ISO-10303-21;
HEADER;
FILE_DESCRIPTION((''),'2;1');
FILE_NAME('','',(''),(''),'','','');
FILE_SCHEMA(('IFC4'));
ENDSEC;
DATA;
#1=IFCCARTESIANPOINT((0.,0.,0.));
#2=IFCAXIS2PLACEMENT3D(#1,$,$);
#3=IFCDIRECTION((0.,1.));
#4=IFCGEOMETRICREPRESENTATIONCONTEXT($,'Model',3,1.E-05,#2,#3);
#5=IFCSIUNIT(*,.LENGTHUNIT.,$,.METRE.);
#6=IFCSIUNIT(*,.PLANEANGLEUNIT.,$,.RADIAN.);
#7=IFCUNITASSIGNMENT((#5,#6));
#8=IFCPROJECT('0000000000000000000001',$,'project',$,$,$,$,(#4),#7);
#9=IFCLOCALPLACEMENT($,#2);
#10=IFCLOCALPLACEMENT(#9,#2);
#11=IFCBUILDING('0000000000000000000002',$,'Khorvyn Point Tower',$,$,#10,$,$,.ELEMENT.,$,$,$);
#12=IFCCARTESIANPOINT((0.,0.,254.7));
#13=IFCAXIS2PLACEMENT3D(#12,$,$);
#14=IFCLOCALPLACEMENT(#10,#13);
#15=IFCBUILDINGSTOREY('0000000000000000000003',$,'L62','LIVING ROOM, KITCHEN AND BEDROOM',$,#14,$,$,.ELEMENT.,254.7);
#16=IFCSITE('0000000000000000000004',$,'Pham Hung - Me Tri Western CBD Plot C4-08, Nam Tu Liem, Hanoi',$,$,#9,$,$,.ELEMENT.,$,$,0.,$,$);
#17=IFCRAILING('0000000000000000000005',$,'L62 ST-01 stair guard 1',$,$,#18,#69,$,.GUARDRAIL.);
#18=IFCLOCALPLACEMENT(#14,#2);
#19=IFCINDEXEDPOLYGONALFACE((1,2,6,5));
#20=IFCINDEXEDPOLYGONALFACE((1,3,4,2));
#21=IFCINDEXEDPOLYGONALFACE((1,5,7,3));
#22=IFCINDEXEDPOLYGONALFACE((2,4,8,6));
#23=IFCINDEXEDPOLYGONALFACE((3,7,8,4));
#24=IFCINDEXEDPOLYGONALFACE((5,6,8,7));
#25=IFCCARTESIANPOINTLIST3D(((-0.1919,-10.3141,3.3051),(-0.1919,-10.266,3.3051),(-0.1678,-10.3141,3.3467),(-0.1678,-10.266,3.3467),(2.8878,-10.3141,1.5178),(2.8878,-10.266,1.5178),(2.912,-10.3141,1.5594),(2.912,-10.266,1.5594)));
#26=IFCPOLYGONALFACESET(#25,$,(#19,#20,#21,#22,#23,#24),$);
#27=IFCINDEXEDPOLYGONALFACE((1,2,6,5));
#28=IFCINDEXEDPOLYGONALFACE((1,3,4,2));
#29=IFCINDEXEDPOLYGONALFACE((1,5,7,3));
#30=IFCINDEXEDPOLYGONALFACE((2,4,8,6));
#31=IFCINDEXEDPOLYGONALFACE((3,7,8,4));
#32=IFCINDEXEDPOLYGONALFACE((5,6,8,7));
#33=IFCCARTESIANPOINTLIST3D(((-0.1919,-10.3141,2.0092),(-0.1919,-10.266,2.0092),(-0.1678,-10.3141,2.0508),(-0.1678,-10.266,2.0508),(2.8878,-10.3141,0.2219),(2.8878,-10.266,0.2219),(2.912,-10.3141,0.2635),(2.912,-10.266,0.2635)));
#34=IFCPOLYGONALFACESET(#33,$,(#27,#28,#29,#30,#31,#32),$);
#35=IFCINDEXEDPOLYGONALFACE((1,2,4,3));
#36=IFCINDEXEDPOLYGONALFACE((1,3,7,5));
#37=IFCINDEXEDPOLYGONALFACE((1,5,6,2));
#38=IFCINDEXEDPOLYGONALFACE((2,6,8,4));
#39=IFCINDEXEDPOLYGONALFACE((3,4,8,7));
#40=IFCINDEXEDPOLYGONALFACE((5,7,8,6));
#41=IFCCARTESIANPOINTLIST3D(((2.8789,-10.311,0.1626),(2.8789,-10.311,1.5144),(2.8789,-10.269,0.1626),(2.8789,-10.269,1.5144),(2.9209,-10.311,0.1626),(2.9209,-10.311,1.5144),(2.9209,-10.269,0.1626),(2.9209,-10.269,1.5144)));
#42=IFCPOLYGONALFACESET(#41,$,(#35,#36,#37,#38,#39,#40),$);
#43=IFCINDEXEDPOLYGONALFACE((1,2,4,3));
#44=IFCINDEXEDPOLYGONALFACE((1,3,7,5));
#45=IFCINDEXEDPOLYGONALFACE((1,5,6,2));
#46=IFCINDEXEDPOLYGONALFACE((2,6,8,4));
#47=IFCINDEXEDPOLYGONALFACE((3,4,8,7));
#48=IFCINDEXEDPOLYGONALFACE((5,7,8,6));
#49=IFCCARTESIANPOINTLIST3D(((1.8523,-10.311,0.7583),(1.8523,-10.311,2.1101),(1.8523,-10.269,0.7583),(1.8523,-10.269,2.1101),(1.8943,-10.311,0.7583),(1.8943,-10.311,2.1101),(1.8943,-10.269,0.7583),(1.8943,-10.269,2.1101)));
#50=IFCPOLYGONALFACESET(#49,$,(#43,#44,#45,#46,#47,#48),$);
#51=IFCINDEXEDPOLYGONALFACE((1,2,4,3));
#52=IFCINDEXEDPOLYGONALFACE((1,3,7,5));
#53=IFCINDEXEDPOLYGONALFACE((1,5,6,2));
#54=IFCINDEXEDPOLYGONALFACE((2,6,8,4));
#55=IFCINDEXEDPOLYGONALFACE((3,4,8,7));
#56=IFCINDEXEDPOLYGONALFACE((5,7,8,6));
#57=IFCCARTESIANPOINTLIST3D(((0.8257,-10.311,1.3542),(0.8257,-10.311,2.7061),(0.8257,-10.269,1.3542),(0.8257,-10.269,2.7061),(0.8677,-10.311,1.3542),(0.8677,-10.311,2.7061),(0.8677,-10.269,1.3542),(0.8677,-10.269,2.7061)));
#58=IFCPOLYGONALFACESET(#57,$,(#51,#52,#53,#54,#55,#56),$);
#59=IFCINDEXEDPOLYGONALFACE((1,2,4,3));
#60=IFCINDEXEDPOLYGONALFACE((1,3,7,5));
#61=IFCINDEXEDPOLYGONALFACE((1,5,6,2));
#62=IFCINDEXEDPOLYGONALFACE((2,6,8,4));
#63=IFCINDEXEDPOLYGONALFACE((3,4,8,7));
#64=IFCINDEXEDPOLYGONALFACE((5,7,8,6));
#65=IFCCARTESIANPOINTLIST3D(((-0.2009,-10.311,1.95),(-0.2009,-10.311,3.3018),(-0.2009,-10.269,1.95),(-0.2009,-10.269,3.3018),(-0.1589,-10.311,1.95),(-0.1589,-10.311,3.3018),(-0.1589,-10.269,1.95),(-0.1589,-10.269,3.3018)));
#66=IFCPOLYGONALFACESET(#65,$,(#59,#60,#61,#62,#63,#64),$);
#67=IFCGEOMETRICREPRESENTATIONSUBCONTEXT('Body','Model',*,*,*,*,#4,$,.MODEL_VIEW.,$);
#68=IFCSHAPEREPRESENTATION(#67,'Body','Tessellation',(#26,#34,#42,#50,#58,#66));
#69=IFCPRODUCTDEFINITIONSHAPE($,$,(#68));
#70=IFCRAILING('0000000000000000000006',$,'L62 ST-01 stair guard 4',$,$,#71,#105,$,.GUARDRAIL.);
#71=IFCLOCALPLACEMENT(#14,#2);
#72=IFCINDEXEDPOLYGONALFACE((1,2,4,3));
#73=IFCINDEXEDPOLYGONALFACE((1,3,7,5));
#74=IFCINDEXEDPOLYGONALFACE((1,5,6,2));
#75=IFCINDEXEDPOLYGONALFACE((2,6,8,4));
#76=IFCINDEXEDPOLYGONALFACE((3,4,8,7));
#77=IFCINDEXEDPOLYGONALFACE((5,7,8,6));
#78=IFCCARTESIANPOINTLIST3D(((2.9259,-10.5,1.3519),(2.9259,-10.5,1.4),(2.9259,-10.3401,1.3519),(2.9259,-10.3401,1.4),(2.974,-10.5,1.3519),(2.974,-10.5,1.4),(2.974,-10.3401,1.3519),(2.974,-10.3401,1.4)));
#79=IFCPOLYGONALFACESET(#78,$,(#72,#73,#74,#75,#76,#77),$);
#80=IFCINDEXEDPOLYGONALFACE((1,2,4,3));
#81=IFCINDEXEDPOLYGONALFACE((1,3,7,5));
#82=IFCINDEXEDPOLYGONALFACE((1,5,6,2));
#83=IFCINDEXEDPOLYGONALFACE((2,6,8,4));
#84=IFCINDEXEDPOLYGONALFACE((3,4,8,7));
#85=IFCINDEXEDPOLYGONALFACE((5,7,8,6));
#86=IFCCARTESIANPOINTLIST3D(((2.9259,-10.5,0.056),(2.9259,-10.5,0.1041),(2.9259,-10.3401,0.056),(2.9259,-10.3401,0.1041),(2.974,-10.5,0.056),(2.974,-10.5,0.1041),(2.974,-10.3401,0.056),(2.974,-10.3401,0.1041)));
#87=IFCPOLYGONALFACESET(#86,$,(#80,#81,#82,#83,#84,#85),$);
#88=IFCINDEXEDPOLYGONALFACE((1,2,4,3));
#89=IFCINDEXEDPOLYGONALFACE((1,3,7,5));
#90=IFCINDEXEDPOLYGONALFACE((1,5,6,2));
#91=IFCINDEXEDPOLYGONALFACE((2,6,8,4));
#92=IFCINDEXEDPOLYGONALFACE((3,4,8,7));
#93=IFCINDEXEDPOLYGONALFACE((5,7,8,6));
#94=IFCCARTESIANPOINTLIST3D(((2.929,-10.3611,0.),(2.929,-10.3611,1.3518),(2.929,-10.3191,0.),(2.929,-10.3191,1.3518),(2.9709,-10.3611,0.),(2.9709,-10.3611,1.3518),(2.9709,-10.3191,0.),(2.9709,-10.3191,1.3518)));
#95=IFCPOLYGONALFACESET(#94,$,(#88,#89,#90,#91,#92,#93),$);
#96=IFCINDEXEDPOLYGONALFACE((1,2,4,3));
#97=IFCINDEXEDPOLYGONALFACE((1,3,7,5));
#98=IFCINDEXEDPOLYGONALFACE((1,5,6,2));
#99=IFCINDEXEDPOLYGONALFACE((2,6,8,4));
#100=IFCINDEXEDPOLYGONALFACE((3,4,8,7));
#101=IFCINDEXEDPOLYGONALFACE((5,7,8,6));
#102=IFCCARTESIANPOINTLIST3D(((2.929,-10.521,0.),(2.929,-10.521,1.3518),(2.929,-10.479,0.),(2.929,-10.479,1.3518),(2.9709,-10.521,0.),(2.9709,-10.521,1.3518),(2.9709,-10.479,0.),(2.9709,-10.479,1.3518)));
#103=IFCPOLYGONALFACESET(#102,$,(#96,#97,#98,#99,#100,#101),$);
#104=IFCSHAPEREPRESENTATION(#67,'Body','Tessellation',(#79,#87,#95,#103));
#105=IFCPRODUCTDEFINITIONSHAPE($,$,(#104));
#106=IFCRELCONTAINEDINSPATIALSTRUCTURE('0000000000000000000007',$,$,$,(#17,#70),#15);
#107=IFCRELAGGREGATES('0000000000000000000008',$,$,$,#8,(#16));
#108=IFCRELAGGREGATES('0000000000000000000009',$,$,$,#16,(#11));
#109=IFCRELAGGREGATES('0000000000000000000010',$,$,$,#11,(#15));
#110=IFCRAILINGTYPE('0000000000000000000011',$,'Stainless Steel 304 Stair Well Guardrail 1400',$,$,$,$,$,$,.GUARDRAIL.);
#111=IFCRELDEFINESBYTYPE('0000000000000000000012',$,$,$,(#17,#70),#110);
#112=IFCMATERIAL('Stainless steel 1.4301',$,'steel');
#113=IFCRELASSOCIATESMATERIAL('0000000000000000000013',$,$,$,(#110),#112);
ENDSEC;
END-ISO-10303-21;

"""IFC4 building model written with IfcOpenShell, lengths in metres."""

from ifc_helpers import new_model, si_unit, direction, frame, origin, origin_2d, place, context, subcontext, project, spatial, rectangle, extrude, material, type_object, element, save


model = new_model("IFC4")

# Units and contexts
model_context = context("Model", 3, precision=1e-05, world=origin(), true_north=direction((0.0, 1.0)))
body_context = subcontext(model_context, "Body", "Model", "MODEL_VIEW")
ifc_project = project(units=[si_unit("LENGTHUNIT", "METRE"), si_unit("PLANEANGLEUNIT", "RADIAN")], contexts=[model_context])

# Site, building, storey
site_placement = place(None, origin())
site = spatial("IfcSite", under=ifc_project, at=site_placement, Name="Pham Hung - Me Tri Western CBD Plot C4-08, Nam Tu Liem, Hanoi", CompositionType="ELEMENT", RefElevation=0.0)
building_placement = place(site_placement, origin())
building = spatial("IfcBuilding", under=site, at=building_placement, Name="Khorvyn Point Tower", CompositionType="ELEMENT")
storey_placement = place(building_placement, frame((0.0, 0.0, 254.7)))
storey = spatial("IfcBuildingStorey", under=building, at=storey_placement, Name="L62", Description="LIVING ROOM, KITCHEN AND BEDROOM", CompositionType="ELEMENT", Elevation=254.7)

# Railings
ifc_material_1 = material(Name="Stainless steel 1.4301", Category="steel")
railing_type_1 = type_object("IfcRailingType", Name="Stainless Steel 304 Stair Well Guardrail 1400", PredefinedType="GUARDRAIL", material=ifc_material_1)
railing_1_placement = place(storey_placement, frame((2.8999, -10.29, 0.1626)))
element("IfcRailing", 1, at=railing_1_placement, inside=storey, type_object=railing_type_1, Name="L62 ST-01 stair guard 1", PredefinedType="GUARDRAIL", context=body_context, shape_type="SweptSolid", body=[
    extrude(rectangle(XDim=0.0481, YDim=0.0481, at=origin_2d()), frame((0.0, 0.0, 1.376), z_axis=(-0.864903, 0.0, 0.501939), x_axis=(0.0, -1.0, 0.0)), (0.0, 0.0, 1.0), 3.5608),
    extrude(rectangle(XDim=0.0481, YDim=0.0481, at=origin_2d()), frame((0.0, 0.0, 0.0801), z_axis=(-0.864903, 0.0, 0.501939), x_axis=(0.0, -1.0, 0.0)), (0.0, 0.0, 1.0), 3.5608),
    extrude(rectangle(XDim=0.042, YDim=0.042, at=origin_2d()), origin(), (0.0, 0.0, 1.0), 1.3518),
    extrude(rectangle(XDim=0.042, YDim=0.042, at=origin_2d()), frame((-1.0266, 0.0, 0.5957)), (0.0, 0.0, 1.0), 1.3518),
    extrude(rectangle(XDim=0.042, YDim=0.042, at=origin_2d()), frame((-2.0532, 0.0, 1.1917)), (0.0, 0.0, 1.0), 1.3518),
    extrude(rectangle(XDim=0.042, YDim=0.042, at=origin_2d()), frame((-3.0798, 0.0, 1.7874)), (0.0, 0.0, 1.0), 1.3518),
])
railing_2_placement = place(storey_placement, frame((2.95, -10.3401, 0.0)))
element("IfcRailing", 2, at=railing_2_placement, inside=storey, type_object=railing_type_1, Name="L62 ST-01 stair guard 4", PredefinedType="GUARDRAIL", context=body_context, shape_type="SweptSolid", body=[
    extrude(rectangle(XDim=0.0481, YDim=0.0481, at=origin_2d()), frame((0.0, 0.0, 1.376), z_axis=(0.0, -1.0, 0.0), x_axis=(1.0, 0.0, 0.0)), (0.0, 0.0, 1.0), 0.1599),
    extrude(rectangle(XDim=0.0481, YDim=0.0481, at=origin_2d()), frame((0.0, 0.0, 0.0801), z_axis=(0.0, -1.0, 0.0), x_axis=(1.0, 0.0, 0.0)), (0.0, 0.0, 1.0), 0.1599),
    extrude(rectangle(XDim=0.042, YDim=0.042, at=origin_2d()), origin(), (0.0, 0.0, 1.0), 1.3518),
    extrude(rectangle(XDim=0.042, YDim=0.042, at=origin_2d()), frame((0.0, -0.1599, 0.0)), (0.0, 0.0, 1.0), 1.3518),
])

save(model, "model.ifc")
